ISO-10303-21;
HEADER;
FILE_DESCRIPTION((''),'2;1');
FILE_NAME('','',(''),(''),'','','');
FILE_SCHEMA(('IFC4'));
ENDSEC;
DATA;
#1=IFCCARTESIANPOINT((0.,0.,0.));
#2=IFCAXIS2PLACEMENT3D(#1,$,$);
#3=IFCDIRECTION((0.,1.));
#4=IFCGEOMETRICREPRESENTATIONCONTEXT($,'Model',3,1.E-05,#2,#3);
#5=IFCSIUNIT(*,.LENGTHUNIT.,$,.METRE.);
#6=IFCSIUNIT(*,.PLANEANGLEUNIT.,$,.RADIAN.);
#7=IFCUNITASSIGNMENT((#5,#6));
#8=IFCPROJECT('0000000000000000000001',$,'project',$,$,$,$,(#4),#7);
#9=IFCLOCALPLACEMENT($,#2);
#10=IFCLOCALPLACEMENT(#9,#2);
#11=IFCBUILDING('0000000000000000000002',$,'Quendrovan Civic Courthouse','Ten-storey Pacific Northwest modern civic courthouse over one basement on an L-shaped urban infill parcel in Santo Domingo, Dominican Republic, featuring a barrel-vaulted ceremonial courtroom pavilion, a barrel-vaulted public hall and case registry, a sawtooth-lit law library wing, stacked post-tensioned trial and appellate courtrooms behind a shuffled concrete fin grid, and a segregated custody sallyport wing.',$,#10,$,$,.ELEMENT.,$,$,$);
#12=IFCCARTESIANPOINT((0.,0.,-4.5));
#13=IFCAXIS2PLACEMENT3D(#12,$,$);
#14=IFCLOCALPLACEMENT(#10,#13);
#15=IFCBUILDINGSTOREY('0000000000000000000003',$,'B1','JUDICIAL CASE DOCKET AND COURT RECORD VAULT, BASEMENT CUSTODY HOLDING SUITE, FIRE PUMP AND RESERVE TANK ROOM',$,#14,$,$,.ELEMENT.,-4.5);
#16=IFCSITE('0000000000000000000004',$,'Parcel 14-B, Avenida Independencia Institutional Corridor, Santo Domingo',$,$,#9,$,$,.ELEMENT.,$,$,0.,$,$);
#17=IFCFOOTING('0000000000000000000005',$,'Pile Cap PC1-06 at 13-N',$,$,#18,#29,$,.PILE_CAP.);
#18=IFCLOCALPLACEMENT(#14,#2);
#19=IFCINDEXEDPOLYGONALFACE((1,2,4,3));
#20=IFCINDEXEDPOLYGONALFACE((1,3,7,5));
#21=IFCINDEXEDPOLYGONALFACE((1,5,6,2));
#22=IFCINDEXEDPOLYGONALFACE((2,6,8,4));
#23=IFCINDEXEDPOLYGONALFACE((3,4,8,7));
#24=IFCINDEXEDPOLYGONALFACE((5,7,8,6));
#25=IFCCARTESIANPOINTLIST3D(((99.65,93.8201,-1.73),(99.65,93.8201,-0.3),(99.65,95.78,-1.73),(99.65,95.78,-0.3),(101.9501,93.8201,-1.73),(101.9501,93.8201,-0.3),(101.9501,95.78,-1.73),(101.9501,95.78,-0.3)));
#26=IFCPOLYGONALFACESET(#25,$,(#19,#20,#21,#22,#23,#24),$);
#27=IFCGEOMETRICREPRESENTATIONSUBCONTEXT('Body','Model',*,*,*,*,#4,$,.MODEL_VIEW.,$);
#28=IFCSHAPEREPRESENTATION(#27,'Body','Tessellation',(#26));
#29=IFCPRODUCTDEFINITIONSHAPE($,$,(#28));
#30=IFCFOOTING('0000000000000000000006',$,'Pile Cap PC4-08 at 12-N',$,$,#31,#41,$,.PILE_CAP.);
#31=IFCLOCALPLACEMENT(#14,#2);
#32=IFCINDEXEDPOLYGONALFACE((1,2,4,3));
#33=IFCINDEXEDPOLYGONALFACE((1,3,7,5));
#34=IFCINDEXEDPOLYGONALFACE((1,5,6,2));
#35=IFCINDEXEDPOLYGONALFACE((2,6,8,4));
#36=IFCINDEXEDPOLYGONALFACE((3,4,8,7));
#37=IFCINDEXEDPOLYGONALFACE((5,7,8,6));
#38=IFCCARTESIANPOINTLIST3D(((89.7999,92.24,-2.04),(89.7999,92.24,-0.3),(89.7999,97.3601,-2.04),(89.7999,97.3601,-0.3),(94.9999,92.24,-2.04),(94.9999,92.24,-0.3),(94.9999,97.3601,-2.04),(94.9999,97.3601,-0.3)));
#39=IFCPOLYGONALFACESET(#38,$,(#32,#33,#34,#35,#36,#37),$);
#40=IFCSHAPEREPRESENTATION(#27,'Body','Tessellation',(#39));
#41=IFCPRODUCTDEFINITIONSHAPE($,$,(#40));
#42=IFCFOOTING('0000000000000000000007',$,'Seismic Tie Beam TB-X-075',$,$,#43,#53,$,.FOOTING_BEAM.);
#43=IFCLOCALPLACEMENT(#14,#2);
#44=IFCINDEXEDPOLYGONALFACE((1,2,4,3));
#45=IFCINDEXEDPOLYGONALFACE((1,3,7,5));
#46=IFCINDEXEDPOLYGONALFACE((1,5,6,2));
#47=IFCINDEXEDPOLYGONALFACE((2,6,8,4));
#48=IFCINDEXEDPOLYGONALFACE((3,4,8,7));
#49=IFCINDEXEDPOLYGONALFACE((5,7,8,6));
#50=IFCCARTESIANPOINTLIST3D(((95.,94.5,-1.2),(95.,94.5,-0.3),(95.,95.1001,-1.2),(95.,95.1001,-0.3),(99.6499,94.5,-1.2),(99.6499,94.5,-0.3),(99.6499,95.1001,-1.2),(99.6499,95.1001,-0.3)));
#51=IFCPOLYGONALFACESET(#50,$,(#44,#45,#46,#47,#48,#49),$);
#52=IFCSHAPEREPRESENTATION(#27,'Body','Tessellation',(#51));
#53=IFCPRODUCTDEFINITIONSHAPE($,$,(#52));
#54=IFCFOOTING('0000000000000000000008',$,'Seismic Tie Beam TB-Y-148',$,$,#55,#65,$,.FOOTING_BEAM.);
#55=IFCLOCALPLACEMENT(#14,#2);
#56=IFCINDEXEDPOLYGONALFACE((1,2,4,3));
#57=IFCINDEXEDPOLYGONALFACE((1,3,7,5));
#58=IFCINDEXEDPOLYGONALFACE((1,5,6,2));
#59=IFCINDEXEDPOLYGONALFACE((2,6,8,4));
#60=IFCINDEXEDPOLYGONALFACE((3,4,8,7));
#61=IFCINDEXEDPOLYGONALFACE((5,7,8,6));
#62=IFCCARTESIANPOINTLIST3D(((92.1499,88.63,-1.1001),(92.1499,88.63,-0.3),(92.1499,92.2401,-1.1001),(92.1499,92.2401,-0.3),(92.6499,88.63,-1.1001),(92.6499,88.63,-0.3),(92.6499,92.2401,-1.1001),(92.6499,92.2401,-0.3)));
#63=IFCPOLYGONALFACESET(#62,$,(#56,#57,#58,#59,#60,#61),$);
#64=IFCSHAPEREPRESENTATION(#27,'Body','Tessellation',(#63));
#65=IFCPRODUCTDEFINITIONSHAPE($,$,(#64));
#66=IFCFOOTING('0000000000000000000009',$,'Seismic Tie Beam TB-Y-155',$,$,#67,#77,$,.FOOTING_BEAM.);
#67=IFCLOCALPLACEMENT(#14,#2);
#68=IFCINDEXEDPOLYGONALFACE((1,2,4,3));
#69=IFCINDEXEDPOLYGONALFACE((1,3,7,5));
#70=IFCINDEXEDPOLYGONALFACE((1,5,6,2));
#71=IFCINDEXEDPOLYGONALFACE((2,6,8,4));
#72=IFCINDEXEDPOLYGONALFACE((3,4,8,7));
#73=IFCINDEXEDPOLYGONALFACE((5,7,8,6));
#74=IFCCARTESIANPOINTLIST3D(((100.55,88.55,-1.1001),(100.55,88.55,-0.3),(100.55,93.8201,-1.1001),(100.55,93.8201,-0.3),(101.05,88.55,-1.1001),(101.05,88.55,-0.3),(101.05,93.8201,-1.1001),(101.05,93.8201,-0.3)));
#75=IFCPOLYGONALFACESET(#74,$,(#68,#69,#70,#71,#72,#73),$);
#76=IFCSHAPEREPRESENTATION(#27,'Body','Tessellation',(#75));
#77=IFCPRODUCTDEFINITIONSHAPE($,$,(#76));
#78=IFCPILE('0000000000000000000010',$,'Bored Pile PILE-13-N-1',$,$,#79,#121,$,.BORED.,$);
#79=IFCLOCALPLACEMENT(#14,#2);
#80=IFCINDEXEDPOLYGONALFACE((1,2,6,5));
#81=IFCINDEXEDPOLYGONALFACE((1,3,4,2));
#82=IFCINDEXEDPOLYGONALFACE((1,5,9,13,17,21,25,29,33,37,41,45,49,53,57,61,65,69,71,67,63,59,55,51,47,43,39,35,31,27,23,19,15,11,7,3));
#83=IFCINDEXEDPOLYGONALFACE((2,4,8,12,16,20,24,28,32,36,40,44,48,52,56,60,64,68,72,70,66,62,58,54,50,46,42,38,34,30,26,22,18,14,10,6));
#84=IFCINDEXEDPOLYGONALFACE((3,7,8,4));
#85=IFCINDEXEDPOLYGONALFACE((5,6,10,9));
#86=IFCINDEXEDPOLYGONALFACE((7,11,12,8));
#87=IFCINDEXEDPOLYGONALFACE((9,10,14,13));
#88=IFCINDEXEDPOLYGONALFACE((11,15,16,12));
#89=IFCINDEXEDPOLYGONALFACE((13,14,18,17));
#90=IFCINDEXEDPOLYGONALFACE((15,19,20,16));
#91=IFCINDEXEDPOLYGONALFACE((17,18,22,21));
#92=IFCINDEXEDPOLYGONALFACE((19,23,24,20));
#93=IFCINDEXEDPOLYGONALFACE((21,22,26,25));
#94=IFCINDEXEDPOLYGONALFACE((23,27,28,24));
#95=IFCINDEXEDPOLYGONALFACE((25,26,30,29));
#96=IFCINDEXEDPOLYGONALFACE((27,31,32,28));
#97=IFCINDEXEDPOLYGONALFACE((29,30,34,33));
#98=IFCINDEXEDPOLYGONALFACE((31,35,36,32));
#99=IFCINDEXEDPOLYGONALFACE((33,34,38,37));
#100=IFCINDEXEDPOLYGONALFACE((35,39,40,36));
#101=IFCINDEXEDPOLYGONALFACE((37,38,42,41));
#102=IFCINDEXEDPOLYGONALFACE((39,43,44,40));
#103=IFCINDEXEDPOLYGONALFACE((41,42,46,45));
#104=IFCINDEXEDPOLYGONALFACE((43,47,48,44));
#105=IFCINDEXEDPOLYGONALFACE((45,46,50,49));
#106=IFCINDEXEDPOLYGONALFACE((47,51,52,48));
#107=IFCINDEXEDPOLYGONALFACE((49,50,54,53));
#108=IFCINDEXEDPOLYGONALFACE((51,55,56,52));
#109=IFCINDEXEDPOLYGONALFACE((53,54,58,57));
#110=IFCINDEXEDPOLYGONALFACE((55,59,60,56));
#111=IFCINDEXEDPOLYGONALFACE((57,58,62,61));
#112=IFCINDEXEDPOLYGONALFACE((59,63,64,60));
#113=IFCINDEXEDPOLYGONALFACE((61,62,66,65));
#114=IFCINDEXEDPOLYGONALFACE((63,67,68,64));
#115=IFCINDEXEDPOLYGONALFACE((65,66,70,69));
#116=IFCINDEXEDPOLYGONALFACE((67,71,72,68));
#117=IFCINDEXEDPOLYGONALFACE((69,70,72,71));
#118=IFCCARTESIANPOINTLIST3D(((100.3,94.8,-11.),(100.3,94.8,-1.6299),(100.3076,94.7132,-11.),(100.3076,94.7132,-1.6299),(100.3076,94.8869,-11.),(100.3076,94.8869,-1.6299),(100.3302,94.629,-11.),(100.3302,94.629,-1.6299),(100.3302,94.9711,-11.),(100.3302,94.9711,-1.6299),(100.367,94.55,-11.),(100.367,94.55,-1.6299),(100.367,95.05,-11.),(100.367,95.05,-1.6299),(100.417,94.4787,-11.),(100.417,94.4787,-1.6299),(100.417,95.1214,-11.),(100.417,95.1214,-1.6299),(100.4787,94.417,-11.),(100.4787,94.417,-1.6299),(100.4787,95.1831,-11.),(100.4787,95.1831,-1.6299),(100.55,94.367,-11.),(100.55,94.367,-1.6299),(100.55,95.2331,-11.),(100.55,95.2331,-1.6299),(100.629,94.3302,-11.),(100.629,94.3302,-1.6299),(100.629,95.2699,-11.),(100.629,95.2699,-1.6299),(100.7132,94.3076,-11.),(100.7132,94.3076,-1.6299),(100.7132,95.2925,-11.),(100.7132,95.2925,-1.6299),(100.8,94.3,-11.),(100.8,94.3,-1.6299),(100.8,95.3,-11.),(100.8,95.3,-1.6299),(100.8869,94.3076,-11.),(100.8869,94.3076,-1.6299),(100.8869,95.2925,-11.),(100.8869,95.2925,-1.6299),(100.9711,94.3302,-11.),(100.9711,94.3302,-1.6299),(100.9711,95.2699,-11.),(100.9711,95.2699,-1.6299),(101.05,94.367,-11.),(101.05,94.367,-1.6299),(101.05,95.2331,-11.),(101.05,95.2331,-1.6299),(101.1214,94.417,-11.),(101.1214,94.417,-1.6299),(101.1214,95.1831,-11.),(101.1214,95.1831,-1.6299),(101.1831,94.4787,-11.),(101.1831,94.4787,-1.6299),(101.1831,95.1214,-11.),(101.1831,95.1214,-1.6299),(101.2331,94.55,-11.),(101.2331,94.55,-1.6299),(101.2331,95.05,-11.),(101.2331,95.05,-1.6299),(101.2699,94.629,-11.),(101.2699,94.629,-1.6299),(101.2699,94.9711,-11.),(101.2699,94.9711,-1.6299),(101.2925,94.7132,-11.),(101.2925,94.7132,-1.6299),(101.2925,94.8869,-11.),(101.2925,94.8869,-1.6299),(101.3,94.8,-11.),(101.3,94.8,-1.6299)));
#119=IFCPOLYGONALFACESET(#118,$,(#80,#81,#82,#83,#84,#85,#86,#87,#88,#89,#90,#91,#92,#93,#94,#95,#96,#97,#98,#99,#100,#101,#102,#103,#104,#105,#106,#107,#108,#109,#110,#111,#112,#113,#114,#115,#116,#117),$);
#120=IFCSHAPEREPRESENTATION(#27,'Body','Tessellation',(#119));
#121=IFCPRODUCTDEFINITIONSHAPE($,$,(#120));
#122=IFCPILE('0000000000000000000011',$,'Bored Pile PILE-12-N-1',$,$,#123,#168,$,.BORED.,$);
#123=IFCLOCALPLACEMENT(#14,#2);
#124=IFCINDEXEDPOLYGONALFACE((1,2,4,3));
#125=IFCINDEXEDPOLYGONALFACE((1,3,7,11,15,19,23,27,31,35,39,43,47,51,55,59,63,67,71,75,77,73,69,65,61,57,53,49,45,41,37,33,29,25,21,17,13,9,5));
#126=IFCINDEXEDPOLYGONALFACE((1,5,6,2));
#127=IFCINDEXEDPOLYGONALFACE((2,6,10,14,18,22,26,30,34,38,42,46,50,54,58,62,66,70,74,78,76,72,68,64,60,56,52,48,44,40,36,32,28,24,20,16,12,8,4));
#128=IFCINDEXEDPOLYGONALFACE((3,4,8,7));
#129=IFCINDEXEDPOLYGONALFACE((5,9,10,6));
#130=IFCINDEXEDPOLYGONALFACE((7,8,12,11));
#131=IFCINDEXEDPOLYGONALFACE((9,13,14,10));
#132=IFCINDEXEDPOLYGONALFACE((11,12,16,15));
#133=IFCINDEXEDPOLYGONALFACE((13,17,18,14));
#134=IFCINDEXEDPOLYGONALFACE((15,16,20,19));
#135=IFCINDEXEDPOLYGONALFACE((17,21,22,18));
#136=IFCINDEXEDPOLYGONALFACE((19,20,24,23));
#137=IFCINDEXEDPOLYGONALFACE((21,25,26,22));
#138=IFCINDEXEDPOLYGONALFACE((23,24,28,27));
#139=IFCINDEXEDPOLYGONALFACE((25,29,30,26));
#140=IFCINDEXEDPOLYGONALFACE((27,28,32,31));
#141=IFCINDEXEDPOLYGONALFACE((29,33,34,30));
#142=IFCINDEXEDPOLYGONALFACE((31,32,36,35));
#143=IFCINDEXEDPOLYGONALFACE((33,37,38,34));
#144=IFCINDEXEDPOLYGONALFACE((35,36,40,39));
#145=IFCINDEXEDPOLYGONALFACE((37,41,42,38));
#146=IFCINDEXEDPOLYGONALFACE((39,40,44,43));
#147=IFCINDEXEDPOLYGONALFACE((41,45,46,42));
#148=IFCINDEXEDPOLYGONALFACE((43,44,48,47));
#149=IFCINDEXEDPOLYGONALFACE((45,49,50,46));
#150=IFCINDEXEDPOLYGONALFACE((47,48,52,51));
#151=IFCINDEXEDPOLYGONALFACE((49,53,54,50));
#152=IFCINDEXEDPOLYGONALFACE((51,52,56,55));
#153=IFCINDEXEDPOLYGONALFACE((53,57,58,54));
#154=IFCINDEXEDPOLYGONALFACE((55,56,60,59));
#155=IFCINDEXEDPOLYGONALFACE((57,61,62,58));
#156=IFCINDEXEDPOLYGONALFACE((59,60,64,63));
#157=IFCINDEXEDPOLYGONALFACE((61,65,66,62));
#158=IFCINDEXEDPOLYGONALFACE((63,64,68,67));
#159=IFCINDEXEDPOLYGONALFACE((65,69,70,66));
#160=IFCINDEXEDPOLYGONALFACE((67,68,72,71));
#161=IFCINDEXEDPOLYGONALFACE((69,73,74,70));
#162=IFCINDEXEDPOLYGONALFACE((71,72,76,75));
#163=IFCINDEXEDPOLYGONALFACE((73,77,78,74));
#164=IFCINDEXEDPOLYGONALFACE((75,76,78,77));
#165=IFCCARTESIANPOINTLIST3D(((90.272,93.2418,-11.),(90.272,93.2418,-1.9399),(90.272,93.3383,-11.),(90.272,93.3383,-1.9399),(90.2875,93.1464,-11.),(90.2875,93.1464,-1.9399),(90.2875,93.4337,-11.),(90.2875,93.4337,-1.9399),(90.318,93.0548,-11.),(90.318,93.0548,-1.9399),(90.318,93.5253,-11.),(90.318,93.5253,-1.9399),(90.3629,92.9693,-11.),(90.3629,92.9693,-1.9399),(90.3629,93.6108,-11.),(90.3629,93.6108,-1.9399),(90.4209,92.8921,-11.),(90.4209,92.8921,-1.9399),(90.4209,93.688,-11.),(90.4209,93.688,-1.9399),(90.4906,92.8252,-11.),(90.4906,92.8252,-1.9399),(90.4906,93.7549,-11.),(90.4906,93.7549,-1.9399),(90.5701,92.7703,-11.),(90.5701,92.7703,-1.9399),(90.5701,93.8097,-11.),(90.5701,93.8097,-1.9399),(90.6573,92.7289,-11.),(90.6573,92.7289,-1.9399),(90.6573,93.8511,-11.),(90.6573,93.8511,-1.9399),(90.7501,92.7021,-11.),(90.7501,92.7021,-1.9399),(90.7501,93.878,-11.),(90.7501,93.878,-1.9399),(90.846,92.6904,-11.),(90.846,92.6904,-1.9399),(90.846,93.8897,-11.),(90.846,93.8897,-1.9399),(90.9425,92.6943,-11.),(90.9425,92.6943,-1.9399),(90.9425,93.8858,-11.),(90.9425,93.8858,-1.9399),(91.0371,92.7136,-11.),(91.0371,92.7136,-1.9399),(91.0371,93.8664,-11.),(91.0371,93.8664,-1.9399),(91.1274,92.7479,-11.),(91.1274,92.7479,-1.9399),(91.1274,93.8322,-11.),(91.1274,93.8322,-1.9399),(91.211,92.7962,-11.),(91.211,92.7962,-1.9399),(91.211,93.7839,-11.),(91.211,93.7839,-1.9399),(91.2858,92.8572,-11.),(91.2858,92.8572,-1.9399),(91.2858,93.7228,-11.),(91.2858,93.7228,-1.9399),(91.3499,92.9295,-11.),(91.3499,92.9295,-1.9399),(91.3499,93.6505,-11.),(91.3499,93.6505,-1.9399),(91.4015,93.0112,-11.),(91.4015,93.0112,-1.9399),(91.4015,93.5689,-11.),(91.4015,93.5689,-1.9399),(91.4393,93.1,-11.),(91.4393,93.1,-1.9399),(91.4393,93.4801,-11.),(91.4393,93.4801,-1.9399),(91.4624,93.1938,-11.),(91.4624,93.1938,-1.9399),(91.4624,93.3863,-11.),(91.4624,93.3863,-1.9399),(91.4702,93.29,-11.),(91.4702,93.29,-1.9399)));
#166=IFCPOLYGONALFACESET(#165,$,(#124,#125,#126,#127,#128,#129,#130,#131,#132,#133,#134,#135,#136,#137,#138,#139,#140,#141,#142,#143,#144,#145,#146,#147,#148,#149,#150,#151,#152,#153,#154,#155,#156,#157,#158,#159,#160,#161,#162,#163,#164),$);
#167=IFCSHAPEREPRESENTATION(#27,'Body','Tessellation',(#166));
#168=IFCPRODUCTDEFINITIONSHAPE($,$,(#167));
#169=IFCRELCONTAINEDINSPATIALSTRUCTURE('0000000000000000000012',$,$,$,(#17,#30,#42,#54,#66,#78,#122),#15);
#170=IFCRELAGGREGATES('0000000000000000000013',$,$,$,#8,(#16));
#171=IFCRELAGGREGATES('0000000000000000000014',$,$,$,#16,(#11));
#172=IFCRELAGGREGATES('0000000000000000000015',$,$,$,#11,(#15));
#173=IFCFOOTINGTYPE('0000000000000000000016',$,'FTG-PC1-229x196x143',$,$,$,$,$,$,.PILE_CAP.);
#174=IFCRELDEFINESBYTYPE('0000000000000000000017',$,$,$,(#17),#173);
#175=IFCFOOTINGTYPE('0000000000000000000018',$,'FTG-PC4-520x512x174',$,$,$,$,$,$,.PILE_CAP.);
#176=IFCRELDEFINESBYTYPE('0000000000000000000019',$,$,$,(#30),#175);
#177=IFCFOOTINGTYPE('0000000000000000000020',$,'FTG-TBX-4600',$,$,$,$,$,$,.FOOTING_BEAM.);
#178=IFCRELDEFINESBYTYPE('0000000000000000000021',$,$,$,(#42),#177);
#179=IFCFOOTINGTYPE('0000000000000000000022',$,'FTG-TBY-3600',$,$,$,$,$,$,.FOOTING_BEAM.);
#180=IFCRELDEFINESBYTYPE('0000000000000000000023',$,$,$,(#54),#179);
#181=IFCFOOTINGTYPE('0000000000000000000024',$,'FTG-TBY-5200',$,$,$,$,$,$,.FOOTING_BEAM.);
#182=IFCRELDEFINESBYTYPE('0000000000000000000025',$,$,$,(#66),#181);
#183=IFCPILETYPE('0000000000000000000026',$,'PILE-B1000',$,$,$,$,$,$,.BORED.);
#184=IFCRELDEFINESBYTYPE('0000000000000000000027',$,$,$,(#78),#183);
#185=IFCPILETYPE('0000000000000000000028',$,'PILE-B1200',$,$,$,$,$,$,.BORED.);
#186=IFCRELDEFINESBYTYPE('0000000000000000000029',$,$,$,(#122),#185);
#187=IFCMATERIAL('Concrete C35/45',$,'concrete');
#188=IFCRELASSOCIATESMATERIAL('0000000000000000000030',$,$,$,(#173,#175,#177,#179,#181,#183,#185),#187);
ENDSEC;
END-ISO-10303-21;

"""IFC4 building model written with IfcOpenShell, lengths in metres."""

from ifc_helpers import new_model, si_unit, direction, frame, origin, origin_2d, place, context, subcontext, project, spatial, rectangle, circle, extrude, material, material_profile, profile_set, type_object, element, save


model = new_model("IFC4")

# Units and contexts
model_context = context("Model", 3, precision=1e-05, world=origin(), true_north=direction((0.0, 1.0)))
body_context = subcontext(model_context, "Body", "Model", "MODEL_VIEW")
ifc_project = project(units=[si_unit("LENGTHUNIT", "METRE"), si_unit("PLANEANGLEUNIT", "RADIAN")], contexts=[model_context])

# Site, building, storey
site_placement = place(None, origin())
site = spatial("IfcSite", under=ifc_project, at=site_placement, Name="Parcel 14-B, Avenida Independencia Institutional Corridor, Santo Domingo", CompositionType="ELEMENT", RefElevation=0.0)
building_placement = place(site_placement, origin())
building = spatial("IfcBuilding", under=site, at=building_placement, Name="Quendrovan Civic Courthouse", Description="Ten-storey Pacific Northwest modern civic courthouse over one basement on an L-shaped urban infill parcel in Santo Domingo, Dominican Republic, featuring a barrel-vaulted ceremonial courtroom pavilion, a barrel-vaulted public hall and case registry, a sawtooth-lit law library wing, stacked post-tensioned trial and appellate courtrooms behind a shuffled concrete fin grid, and a segregated custody sallyport wing.", CompositionType="ELEMENT")
storey_placement = place(building_placement, frame((0.0, 0.0, -4.5)))
storey = spatial("IfcBuildingStorey", under=building, at=storey_placement, Name="B1", Description="JUDICIAL CASE DOCKET AND COURT RECORD VAULT, BASEMENT CUSTODY HOLDING SUITE, FIRE PUMP AND RESERVE TANK ROOM", CompositionType="ELEMENT", Elevation=-4.5)

# Footings
ifc_material_1 = material(Name="Concrete C35/45", Category="concrete")
footing_type_1 = type_object("IfcFootingType", Name="FTG-PC1-229x196x143", PredefinedType="PILE_CAP", material=ifc_material_1)
footing_1_placement = place(storey_placement, frame((100.8, 94.8, -1.73), z_axis=(0.0, 0.0, 1.0), x_axis=(1.0, 0.0, 0.0)))
element("IfcFooting", 1, at=footing_1_placement, inside=storey, type_object=footing_type_1, Name="Pile Cap PC1-06 at 13-N", PredefinedType="PILE_CAP", context=body_context, shape_type="SweptSolid", body=[
    extrude(rectangle(XDim=2.3, YDim=1.96, at=origin_2d()), origin(), (0.0, 0.0, 1.0), 1.4299),
])
footing_type_2 = type_object("IfcFootingType", Name="FTG-PC4-520x512x174", PredefinedType="PILE_CAP", material=ifc_material_1)
footing_2_placement = place(storey_placement, frame((92.3999, 94.8, -2.04), z_axis=(0.0, 0.0, 1.0), x_axis=(1.0, 0.0, 0.0)))
element("IfcFooting", 2, at=footing_2_placement, inside=storey, type_object=footing_type_2, Name="Pile Cap PC4-08 at 12-N", PredefinedType="PILE_CAP", context=body_context, shape_type="SweptSolid", body=[
    extrude(rectangle(XDim=5.2, YDim=5.1201, at=origin_2d()), origin(), (0.0, 0.0, 1.0), 1.74),
])
footing_type_3 = type_object("IfcFootingType", Name="FTG-TBX-4600", PredefinedType="FOOTING_BEAM", material=ifc_material_1)
footing_3_placement = place(storey_placement, frame((97.325, 94.8, -1.2), z_axis=(0.0, 0.0, 1.0), x_axis=(1.0, 0.0, 0.0)))
element("IfcFooting", 3, at=footing_3_placement, inside=storey, type_object=footing_type_3, Name="Seismic Tie Beam TB-X-075", PredefinedType="FOOTING_BEAM", context=body_context, shape_type="SweptSolid", body=[
    extrude(rectangle(XDim=4.6499, YDim=0.6001, at=origin_2d()), origin(), (0.0, 0.0, 1.0), 0.8999),
])
footing_type_4 = type_object("IfcFootingType", Name="FTG-TBY-3600", PredefinedType="FOOTING_BEAM", material=ifc_material_1)
footing_4_placement = place(storey_placement, frame((92.3999, 90.4351, -1.1001), z_axis=(0.0, 0.0, 1.0), x_axis=(1.0, 0.0, 0.0)))
element("IfcFooting", 4, at=footing_4_placement, inside=storey, type_object=footing_type_4, Name="Seismic Tie Beam TB-Y-148", PredefinedType="FOOTING_BEAM", context=body_context, shape_type="SweptSolid", body=[
    extrude(rectangle(XDim=0.5, YDim=3.6101, at=origin_2d()), origin(), (0.0, 0.0, 1.0), 0.8),
])
footing_type_5 = type_object("IfcFootingType", Name="FTG-TBY-5200", PredefinedType="FOOTING_BEAM", material=ifc_material_1)
footing_5_placement = place(storey_placement, frame((100.8, 91.1851, -1.1001), z_axis=(0.0, 0.0, 1.0), x_axis=(1.0, 0.0, 0.0)))
element("IfcFooting", 5, at=footing_5_placement, inside=storey, type_object=footing_type_5, Name="Seismic Tie Beam TB-Y-155", PredefinedType="FOOTING_BEAM", context=body_context, shape_type="SweptSolid", body=[
    extrude(rectangle(XDim=0.5, YDim=5.27, at=origin_2d()), origin(), (0.0, 0.0, 1.0), 0.8),
])

# Piles
ifc_material_profile_1 = material_profile(ifc_material_1, circle(Radius=0.5, at=origin_2d()), Name="PILE-D1000")
ifc_profile_set_1 = profile_set([ifc_material_profile_1], Name="Concrete C35/45")
pile_type_1 = type_object("IfcPileType", Name="PILE-B1000", PredefinedType="BORED", material=ifc_profile_set_1)
pile_placement = place(storey_placement, frame((100.8, 94.8, -1.6299), z_axis=(0.0, 0.0, -1.0), x_axis=(1.0, 0.0, 0.0)))
element("IfcPile", 6, at=pile_placement, inside=storey, type_object=pile_type_1, Name="Bored Pile PILE-13-N-1", PredefinedType="BORED", context=body_context, shape_type="SweptSolid", body=[
    extrude(circle(Radius=0.5, at=origin_2d()), origin(), (0.0, 0.0, 1.0), 9.3701),
])
ifc_material_profile_2 = material_profile(ifc_material_1, circle(Radius=0.6001, at=origin_2d()), Name="PILE-D1200")
ifc_profile_set_2 = profile_set([ifc_material_profile_2], Name="Concrete C35/45")
pile_type_2 = type_object("IfcPileType", Name="PILE-B1200", PredefinedType="BORED", material=ifc_profile_set_2)
for number, where, z_axis, x_axis, name in (
    (7, (90.8701, 93.29, -1.9399), (0.0, 0.0, -1.0), (1.0, 0.0, 0.0), "Bored Pile PILE-12-N-1"),
):
    element("IfcPile", number, at=place(storey_placement, frame(where, z_axis=z_axis, x_axis=x_axis)), inside=storey, type_object=pile_type_2, Name=name, PredefinedType="BORED", context=body_context, shape_type="SweptSolid", body=[
        extrude(circle(Radius=0.6001, at=origin_2d()), origin(), (0.0, 0.0, 1.0), 9.0601),
    ])

save(model, "model.ifc")
